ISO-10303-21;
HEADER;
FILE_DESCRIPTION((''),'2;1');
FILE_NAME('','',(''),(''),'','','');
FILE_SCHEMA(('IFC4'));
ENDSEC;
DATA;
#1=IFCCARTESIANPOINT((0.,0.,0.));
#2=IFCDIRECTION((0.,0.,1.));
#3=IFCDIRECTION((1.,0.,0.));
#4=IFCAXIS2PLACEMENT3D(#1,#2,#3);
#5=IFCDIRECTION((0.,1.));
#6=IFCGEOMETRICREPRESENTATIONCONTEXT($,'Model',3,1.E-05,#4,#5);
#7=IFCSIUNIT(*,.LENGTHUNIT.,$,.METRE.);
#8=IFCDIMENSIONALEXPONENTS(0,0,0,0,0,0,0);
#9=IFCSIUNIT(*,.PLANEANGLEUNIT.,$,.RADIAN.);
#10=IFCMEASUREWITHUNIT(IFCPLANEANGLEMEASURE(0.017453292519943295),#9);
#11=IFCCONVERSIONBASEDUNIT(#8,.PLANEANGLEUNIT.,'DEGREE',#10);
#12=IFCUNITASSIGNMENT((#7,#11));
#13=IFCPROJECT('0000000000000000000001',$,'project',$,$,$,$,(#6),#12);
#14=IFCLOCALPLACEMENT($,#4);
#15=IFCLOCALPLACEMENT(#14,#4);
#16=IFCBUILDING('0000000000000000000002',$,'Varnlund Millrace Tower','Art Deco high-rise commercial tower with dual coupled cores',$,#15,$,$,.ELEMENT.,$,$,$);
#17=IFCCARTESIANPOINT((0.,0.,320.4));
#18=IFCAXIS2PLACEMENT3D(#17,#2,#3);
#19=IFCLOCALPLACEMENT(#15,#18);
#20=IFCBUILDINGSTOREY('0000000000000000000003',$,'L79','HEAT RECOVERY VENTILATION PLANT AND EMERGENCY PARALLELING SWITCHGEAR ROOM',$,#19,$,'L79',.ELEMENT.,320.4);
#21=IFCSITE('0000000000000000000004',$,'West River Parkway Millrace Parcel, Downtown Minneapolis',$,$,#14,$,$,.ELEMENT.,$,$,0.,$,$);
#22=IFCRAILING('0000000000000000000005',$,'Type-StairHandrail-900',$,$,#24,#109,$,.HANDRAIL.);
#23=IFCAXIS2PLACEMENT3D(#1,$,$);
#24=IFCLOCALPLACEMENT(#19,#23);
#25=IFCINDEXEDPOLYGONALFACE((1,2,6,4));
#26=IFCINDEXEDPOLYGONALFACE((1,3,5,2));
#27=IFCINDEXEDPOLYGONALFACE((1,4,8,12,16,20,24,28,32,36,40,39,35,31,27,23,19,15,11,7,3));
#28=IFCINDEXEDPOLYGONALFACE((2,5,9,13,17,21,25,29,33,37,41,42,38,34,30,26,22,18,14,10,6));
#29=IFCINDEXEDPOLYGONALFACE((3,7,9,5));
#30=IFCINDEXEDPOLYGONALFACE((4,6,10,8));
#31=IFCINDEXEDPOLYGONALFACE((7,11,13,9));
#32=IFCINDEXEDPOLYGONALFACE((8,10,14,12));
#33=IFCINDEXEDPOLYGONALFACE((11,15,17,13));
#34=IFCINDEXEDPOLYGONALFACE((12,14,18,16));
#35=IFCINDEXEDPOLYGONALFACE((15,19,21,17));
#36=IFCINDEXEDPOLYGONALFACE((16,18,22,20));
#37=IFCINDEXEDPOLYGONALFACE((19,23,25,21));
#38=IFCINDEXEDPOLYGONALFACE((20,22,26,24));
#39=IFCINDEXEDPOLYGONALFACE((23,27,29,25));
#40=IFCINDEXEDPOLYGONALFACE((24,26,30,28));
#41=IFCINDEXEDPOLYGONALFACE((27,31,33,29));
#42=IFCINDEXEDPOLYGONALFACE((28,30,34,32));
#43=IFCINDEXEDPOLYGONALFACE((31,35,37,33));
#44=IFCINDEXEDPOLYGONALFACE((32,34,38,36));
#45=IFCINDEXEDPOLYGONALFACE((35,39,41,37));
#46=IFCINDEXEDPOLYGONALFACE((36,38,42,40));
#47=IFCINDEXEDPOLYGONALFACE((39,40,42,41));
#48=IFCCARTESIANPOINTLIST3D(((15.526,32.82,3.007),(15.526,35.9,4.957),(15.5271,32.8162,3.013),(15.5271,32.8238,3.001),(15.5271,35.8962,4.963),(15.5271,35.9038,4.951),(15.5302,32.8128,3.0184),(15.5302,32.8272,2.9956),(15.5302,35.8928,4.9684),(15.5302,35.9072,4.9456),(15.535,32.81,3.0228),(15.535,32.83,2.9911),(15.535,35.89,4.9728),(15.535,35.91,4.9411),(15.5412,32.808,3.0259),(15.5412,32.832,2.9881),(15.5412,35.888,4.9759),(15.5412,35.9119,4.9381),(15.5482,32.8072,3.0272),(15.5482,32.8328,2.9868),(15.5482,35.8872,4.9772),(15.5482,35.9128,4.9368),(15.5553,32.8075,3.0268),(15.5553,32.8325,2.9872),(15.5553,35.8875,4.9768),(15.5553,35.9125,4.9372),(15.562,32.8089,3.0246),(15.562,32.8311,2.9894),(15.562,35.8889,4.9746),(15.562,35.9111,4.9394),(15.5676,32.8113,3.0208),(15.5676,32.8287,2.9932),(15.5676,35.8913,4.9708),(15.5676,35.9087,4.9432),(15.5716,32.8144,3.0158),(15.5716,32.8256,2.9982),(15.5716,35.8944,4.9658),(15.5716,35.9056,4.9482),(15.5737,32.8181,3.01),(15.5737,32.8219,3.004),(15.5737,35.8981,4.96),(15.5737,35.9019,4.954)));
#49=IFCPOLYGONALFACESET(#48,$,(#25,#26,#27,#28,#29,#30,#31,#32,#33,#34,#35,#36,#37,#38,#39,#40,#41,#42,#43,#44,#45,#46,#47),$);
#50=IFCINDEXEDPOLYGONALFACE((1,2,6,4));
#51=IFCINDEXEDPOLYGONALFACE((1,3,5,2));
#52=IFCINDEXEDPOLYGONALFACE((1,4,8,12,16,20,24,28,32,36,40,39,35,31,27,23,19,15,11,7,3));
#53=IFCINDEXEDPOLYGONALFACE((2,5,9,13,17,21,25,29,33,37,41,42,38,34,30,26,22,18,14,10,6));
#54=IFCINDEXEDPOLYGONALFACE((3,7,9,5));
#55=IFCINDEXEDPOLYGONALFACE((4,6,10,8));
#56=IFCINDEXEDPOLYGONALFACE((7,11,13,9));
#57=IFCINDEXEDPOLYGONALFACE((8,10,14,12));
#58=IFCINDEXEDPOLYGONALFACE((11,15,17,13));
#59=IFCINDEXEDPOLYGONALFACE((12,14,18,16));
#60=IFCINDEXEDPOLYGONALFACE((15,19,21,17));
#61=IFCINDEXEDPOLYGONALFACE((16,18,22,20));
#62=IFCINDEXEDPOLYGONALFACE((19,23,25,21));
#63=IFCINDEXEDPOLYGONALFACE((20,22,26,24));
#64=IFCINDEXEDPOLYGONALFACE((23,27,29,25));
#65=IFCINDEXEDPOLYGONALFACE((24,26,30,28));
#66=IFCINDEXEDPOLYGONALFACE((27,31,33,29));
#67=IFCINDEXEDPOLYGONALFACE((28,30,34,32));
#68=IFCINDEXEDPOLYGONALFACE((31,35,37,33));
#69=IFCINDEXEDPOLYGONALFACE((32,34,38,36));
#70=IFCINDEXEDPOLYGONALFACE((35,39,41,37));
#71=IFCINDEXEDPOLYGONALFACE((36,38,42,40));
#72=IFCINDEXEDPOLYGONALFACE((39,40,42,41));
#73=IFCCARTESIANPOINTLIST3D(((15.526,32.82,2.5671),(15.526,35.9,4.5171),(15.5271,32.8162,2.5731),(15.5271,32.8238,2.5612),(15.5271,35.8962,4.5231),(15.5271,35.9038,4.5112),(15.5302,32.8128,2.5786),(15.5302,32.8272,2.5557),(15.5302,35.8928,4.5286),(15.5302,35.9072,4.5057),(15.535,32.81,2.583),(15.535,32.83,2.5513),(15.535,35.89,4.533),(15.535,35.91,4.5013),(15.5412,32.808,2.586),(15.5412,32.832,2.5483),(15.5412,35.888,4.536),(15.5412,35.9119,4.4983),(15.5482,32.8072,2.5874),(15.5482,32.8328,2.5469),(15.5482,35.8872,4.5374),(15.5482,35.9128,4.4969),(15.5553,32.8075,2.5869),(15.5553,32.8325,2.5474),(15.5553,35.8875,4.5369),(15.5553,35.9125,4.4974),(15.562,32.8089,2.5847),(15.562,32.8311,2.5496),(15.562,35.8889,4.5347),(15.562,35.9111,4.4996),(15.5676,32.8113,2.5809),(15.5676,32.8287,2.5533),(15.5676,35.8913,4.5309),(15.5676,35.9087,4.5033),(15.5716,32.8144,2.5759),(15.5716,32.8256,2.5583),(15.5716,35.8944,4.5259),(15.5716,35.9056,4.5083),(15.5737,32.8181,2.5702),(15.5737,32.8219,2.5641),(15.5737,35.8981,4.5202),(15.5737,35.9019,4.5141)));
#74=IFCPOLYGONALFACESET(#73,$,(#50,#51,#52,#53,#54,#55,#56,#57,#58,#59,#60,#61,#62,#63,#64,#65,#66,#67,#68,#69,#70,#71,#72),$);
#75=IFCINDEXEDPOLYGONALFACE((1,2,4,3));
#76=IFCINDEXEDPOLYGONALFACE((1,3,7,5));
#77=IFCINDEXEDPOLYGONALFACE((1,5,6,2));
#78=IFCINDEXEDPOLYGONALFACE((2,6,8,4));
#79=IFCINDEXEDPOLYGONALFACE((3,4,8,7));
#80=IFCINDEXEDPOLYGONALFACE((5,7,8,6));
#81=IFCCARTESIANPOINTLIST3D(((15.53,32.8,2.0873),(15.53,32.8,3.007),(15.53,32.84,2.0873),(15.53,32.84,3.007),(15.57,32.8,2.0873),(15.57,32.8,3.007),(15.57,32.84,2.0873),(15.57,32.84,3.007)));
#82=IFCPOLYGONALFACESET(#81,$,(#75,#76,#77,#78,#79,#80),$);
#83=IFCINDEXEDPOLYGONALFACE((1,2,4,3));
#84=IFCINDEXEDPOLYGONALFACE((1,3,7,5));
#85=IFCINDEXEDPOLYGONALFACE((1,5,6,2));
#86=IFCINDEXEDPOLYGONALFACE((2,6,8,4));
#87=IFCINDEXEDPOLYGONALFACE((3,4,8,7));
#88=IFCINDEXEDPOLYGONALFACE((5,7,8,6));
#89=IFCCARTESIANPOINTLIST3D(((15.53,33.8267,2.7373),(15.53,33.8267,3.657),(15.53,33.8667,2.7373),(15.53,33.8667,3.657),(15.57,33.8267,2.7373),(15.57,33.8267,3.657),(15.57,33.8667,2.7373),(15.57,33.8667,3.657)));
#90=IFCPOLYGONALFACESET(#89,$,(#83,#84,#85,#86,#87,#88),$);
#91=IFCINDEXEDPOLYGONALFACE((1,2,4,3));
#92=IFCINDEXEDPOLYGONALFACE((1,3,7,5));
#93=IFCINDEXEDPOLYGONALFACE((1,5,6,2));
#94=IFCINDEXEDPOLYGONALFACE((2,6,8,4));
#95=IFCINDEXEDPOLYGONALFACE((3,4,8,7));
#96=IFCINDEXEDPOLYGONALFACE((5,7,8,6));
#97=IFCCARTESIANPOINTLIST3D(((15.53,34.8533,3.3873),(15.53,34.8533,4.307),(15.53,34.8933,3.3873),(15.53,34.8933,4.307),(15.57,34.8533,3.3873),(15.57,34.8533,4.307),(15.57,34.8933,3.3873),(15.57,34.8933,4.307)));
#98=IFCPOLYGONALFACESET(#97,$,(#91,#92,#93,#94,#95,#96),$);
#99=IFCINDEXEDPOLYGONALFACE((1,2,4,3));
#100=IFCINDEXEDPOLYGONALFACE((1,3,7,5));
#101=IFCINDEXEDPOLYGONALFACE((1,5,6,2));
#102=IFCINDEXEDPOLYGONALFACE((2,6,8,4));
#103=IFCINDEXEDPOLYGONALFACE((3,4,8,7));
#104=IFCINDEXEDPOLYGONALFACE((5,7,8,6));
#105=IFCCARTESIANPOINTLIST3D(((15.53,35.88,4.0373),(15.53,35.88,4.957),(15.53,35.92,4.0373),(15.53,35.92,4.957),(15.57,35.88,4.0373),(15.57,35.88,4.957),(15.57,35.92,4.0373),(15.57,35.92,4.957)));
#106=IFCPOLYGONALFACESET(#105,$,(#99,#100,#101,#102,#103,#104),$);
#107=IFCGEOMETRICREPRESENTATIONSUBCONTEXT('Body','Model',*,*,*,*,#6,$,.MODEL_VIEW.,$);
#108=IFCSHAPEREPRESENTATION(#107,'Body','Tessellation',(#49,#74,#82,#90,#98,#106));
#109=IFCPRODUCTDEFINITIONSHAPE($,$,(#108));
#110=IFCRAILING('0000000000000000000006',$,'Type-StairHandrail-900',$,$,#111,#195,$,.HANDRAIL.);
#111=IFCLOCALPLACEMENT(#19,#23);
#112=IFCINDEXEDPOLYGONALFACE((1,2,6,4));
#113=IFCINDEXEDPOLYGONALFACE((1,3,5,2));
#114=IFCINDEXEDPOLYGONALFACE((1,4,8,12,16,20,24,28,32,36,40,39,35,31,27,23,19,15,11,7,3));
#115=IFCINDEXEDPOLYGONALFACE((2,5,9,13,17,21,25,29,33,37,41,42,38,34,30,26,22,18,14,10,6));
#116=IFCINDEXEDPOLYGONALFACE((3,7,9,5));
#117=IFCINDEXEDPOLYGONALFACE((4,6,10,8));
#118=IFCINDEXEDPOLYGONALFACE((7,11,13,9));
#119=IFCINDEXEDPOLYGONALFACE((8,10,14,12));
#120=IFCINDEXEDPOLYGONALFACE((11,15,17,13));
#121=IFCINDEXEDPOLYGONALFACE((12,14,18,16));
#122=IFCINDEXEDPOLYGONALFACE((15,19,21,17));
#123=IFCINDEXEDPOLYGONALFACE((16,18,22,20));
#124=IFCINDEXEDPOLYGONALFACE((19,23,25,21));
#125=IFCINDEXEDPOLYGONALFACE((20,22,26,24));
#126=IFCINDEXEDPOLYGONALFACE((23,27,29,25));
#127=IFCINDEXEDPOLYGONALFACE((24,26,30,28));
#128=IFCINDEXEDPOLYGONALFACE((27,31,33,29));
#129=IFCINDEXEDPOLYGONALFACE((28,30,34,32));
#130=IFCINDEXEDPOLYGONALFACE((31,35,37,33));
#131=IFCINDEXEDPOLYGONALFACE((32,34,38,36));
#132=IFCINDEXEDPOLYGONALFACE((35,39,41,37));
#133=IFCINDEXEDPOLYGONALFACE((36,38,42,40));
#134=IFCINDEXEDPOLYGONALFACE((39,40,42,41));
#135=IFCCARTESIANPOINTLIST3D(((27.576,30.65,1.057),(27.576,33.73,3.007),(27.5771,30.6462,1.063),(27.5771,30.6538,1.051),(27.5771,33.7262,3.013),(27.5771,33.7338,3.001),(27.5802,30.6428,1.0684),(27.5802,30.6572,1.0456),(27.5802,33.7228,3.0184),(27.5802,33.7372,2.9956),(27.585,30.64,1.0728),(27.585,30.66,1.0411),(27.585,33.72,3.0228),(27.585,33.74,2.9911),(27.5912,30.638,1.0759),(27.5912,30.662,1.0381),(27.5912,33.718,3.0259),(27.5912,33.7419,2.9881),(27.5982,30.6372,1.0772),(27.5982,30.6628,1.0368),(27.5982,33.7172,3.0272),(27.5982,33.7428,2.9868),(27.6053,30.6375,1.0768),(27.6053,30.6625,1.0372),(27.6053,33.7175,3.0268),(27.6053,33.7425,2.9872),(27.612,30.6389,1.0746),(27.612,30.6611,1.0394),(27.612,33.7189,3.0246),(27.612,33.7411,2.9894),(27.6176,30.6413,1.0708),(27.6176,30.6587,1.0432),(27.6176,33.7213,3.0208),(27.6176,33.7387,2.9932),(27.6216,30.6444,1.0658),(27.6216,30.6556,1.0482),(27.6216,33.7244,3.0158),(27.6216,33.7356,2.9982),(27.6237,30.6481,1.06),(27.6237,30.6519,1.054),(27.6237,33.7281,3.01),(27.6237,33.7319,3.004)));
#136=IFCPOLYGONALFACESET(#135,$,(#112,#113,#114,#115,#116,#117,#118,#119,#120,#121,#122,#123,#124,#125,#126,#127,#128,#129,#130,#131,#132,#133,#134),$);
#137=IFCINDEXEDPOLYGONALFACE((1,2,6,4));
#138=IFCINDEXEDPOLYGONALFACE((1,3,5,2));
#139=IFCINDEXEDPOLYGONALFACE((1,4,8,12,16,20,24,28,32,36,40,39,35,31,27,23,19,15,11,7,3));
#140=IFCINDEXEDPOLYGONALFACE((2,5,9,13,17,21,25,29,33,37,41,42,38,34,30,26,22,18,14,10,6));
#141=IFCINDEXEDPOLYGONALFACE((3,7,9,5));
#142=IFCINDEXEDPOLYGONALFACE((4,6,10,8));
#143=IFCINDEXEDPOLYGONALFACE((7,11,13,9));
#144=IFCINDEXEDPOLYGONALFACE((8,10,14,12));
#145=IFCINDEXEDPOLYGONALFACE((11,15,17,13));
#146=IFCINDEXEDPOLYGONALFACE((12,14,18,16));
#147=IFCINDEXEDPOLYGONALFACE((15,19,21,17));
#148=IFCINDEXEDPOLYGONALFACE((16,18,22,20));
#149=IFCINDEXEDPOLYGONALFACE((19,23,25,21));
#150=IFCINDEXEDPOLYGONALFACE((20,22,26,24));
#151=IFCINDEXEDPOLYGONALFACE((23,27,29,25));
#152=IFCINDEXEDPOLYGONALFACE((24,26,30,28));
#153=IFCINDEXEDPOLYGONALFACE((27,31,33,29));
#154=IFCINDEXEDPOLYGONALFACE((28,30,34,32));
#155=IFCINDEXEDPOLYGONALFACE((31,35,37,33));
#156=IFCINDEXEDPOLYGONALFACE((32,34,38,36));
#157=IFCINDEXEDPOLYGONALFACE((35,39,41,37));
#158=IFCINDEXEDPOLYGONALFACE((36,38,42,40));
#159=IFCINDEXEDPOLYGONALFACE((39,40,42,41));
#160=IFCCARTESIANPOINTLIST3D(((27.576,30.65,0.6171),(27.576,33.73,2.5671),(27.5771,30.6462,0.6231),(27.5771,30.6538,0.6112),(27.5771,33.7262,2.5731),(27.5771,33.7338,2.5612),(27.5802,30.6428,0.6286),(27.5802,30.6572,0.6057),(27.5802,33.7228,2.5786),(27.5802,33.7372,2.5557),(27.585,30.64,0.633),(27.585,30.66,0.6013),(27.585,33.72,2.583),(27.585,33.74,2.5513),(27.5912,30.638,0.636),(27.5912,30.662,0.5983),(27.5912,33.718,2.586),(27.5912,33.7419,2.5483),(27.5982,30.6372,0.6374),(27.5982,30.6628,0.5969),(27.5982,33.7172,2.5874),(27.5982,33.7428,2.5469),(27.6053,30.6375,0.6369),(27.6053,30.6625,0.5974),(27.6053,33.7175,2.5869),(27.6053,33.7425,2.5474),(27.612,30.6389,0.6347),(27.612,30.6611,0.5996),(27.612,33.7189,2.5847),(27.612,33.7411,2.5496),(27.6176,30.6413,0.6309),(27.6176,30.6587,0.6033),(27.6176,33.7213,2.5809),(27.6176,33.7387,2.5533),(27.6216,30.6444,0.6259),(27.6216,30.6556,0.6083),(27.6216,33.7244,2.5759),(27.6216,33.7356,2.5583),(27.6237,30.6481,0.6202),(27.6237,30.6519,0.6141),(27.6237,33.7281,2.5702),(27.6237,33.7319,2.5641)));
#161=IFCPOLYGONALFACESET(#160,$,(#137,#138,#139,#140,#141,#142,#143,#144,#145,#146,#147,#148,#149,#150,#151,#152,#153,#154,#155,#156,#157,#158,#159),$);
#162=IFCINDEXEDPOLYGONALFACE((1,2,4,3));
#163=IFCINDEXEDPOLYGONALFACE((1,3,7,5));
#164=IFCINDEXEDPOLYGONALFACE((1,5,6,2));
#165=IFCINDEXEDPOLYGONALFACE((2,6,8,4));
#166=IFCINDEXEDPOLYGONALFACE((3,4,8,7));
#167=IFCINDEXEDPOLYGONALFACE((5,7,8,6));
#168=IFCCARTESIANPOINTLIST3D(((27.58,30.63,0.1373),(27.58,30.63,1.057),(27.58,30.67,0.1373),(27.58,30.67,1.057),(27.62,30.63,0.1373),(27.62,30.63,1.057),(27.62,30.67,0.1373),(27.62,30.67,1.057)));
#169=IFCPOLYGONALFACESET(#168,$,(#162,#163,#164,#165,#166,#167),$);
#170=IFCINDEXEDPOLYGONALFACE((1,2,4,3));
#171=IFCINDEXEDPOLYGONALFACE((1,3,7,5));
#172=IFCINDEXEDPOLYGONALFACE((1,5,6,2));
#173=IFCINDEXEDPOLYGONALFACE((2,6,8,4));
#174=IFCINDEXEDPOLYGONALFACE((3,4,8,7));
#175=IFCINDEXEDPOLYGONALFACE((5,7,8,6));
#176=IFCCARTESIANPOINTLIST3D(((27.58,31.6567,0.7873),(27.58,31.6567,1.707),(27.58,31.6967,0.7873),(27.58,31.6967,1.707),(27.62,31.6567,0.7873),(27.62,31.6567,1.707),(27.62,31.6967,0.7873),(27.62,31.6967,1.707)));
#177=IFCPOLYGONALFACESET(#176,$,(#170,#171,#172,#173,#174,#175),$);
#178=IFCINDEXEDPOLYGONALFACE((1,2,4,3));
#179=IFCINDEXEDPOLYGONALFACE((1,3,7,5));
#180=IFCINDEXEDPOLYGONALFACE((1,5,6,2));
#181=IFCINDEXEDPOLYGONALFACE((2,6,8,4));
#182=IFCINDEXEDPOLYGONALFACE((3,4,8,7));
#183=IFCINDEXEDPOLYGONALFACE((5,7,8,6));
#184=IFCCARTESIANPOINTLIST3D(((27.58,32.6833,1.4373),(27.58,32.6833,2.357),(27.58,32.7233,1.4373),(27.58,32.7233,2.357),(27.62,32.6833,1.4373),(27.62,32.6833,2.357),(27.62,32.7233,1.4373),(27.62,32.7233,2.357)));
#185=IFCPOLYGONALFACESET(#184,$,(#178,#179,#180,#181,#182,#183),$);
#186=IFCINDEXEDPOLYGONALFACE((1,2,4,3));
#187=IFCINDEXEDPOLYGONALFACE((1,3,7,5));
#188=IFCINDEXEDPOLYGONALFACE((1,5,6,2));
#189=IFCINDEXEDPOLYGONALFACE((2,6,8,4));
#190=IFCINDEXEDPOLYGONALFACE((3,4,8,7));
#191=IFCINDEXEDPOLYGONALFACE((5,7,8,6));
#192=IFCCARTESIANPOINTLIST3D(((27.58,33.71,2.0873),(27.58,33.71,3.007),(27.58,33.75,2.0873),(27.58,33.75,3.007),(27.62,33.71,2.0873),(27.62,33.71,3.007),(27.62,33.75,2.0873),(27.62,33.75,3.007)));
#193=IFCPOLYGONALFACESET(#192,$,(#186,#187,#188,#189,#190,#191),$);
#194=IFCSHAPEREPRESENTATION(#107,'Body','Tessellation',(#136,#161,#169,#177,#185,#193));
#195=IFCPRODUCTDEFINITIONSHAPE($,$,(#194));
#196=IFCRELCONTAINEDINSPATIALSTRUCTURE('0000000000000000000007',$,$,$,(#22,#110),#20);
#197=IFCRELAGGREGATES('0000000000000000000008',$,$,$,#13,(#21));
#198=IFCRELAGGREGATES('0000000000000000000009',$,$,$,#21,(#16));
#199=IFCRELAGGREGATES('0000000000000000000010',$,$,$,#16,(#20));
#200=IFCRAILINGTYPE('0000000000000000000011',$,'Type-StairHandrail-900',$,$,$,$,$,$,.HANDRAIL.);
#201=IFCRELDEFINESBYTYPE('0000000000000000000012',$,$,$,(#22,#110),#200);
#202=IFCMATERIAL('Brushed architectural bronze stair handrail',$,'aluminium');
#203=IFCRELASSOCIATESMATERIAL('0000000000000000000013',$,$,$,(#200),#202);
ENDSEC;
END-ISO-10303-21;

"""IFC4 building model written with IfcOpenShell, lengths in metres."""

from ifc_helpers import new_model, entity, si_unit, converted_unit, direction, frame, origin_with_axes, origin_2d_with_axis, place, context, subcontext, project, spatial, rectangle, circle, extrude, material, type_object, element, save


model = new_model("IFC4")

# Units and contexts
model_context = context("Model", 3, precision=1e-05, world=origin_with_axes(), true_north=direction((0.0, 1.0)))
body_context = subcontext(model_context, "Body", "Model", "MODEL_VIEW")
ifc_project = project(units=[si_unit("LENGTHUNIT", "METRE"), converted_unit("PLANEANGLEUNIT", "DEGREE", entity("IfcPlaneAngleMeasure", 0.017453292519943295), si_unit("PLANEANGLEUNIT", "RADIAN"), dimensions=[0, 0, 0, 0, 0, 0, 0])], contexts=[model_context])

# Site, building, storey
site_placement = place(None, origin_with_axes())
site = spatial("IfcSite", under=ifc_project, at=site_placement, Name="West River Parkway Millrace Parcel, Downtown Minneapolis", CompositionType="ELEMENT", RefElevation=0.0)
building_placement = place(site_placement, origin_with_axes())
building = spatial("IfcBuilding", under=site, at=building_placement, Name="Varnlund Millrace Tower", Description="Art Deco high-rise commercial tower with dual coupled cores", CompositionType="ELEMENT")
storey_placement = place(building_placement, frame((0.0, 0.0, 320.4), z_axis=(0.0, 0.0, 1.0), x_axis=(1.0, 0.0, 0.0)))
storey = spatial("IfcBuildingStorey", under=building, at=storey_placement, Name="L79", Description="HEAT RECOVERY VENTILATION PLANT AND EMERGENCY PARALLELING SWITCHGEAR ROOM", LongName="L79", CompositionType="ELEMENT", Elevation=320.4)

# Railings
ifc_material_1 = material(Name="Brushed architectural bronze stair handrail", Category="aluminium")
railing_type_1 = type_object("IfcRailingType", Name="Type-StairHandrail-900", PredefinedType="HANDRAIL", material=ifc_material_1)
railing_1_placement = place(storey_placement, frame((0.0, 0.0, -320.4), z_axis=(0.0, 0.0, 1.0), x_axis=(1.0, 0.0, 0.0)))
element("IfcRailing", 1, at=railing_1_placement, inside=storey, type_object=railing_type_1, Name="Type-StairHandrail-900", PredefinedType="HANDRAIL", context=body_context, shape_type="SweptSolid", body=[
    extrude(circle(Radius=0.024, at=origin_2d_with_axis()), frame((15.55, 32.82, 323.407), z_axis=(0.0, 0.844902, 0.534922), x_axis=(-1.0, 0.0, 0.0)), (0.0, 0.0, 1.0), 3.6454),
    extrude(circle(Radius=0.024, at=origin_2d_with_axis()), frame((15.55, 32.82, 322.9671), z_axis=(0.0, 0.844902, 0.534922), x_axis=(-1.0, 0.0, 0.0)), (0.0, 0.0, 1.0), 3.6454),
    extrude(rectangle(XDim=0.04, YDim=0.04, at=origin_2d_with_axis()), frame((15.55, 32.82, 322.4873), z_axis=(0.0, 0.0, 1.0), x_axis=(1.0, 0.0, 0.0)), (0.0, 0.0, 1.0), 0.9197),
    extrude(rectangle(XDim=0.04, YDim=0.04, at=origin_2d_with_axis()), frame((15.55, 33.8467, 323.1373), z_axis=(0.0, 0.0, 1.0), x_axis=(1.0, 0.0, 0.0)), (0.0, 0.0, 1.0), 0.9197),
    extrude(rectangle(XDim=0.04, YDim=0.04, at=origin_2d_with_axis()), frame((15.55, 34.8733, 323.7873), z_axis=(0.0, 0.0, 1.0), x_axis=(1.0, 0.0, 0.0)), (0.0, 0.0, 1.0), 0.9197),
    extrude(rectangle(XDim=0.04, YDim=0.04, at=origin_2d_with_axis()), frame((15.55, 35.9, 324.4373), z_axis=(0.0, 0.0, 1.0), x_axis=(1.0, 0.0, 0.0)), (0.0, 0.0, 1.0), 0.9197),
])
railing_2_placement = place(storey_placement, frame((0.0, 0.0, -320.4), z_axis=(0.0, 0.0, 1.0), x_axis=(1.0, 0.0, 0.0)))
element("IfcRailing", 2, at=railing_2_placement, inside=storey, type_object=railing_type_1, Name="Type-StairHandrail-900", PredefinedType="HANDRAIL", context=body_context, shape_type="SweptSolid", body=[
    extrude(circle(Radius=0.024, at=origin_2d_with_axis()), frame((27.6, 30.65, 321.457), z_axis=(0.0, 0.844902, 0.534922), x_axis=(-1.0, 0.0, 0.0)), (0.0, 0.0, 1.0), 3.6454),
    extrude(circle(Radius=0.024, at=origin_2d_with_axis()), frame((27.6, 30.65, 321.0171), z_axis=(0.0, 0.844902, 0.534922), x_axis=(-1.0, 0.0, 0.0)), (0.0, 0.0, 1.0), 3.6454),
    extrude(rectangle(XDim=0.04, YDim=0.04, at=origin_2d_with_axis()), frame((27.6, 30.65, 320.5373), z_axis=(0.0, 0.0, 1.0), x_axis=(1.0, 0.0, 0.0)), (0.0, 0.0, 1.0), 0.9197),
    extrude(rectangle(XDim=0.04, YDim=0.04, at=origin_2d_with_axis()), frame((27.6, 31.6767, 321.1873), z_axis=(0.0, 0.0, 1.0), x_axis=(1.0, 0.0, 0.0)), (0.0, 0.0, 1.0), 0.9197),
    extrude(rectangle(XDim=0.04, YDim=0.04, at=origin_2d_with_axis()), frame((27.6, 32.7033, 321.8373), z_axis=(0.0, 0.0, 1.0), x_axis=(1.0, 0.0, 0.0)), (0.0, 0.0, 1.0), 0.9197),
    extrude(rectangle(XDim=0.04, YDim=0.04, at=origin_2d_with_axis()), frame((27.6, 33.73, 322.4873), z_axis=(0.0, 0.0, 1.0), x_axis=(1.0, 0.0, 0.0)), (0.0, 0.0, 1.0), 0.9197),
])

save(model, "model.ifc")
